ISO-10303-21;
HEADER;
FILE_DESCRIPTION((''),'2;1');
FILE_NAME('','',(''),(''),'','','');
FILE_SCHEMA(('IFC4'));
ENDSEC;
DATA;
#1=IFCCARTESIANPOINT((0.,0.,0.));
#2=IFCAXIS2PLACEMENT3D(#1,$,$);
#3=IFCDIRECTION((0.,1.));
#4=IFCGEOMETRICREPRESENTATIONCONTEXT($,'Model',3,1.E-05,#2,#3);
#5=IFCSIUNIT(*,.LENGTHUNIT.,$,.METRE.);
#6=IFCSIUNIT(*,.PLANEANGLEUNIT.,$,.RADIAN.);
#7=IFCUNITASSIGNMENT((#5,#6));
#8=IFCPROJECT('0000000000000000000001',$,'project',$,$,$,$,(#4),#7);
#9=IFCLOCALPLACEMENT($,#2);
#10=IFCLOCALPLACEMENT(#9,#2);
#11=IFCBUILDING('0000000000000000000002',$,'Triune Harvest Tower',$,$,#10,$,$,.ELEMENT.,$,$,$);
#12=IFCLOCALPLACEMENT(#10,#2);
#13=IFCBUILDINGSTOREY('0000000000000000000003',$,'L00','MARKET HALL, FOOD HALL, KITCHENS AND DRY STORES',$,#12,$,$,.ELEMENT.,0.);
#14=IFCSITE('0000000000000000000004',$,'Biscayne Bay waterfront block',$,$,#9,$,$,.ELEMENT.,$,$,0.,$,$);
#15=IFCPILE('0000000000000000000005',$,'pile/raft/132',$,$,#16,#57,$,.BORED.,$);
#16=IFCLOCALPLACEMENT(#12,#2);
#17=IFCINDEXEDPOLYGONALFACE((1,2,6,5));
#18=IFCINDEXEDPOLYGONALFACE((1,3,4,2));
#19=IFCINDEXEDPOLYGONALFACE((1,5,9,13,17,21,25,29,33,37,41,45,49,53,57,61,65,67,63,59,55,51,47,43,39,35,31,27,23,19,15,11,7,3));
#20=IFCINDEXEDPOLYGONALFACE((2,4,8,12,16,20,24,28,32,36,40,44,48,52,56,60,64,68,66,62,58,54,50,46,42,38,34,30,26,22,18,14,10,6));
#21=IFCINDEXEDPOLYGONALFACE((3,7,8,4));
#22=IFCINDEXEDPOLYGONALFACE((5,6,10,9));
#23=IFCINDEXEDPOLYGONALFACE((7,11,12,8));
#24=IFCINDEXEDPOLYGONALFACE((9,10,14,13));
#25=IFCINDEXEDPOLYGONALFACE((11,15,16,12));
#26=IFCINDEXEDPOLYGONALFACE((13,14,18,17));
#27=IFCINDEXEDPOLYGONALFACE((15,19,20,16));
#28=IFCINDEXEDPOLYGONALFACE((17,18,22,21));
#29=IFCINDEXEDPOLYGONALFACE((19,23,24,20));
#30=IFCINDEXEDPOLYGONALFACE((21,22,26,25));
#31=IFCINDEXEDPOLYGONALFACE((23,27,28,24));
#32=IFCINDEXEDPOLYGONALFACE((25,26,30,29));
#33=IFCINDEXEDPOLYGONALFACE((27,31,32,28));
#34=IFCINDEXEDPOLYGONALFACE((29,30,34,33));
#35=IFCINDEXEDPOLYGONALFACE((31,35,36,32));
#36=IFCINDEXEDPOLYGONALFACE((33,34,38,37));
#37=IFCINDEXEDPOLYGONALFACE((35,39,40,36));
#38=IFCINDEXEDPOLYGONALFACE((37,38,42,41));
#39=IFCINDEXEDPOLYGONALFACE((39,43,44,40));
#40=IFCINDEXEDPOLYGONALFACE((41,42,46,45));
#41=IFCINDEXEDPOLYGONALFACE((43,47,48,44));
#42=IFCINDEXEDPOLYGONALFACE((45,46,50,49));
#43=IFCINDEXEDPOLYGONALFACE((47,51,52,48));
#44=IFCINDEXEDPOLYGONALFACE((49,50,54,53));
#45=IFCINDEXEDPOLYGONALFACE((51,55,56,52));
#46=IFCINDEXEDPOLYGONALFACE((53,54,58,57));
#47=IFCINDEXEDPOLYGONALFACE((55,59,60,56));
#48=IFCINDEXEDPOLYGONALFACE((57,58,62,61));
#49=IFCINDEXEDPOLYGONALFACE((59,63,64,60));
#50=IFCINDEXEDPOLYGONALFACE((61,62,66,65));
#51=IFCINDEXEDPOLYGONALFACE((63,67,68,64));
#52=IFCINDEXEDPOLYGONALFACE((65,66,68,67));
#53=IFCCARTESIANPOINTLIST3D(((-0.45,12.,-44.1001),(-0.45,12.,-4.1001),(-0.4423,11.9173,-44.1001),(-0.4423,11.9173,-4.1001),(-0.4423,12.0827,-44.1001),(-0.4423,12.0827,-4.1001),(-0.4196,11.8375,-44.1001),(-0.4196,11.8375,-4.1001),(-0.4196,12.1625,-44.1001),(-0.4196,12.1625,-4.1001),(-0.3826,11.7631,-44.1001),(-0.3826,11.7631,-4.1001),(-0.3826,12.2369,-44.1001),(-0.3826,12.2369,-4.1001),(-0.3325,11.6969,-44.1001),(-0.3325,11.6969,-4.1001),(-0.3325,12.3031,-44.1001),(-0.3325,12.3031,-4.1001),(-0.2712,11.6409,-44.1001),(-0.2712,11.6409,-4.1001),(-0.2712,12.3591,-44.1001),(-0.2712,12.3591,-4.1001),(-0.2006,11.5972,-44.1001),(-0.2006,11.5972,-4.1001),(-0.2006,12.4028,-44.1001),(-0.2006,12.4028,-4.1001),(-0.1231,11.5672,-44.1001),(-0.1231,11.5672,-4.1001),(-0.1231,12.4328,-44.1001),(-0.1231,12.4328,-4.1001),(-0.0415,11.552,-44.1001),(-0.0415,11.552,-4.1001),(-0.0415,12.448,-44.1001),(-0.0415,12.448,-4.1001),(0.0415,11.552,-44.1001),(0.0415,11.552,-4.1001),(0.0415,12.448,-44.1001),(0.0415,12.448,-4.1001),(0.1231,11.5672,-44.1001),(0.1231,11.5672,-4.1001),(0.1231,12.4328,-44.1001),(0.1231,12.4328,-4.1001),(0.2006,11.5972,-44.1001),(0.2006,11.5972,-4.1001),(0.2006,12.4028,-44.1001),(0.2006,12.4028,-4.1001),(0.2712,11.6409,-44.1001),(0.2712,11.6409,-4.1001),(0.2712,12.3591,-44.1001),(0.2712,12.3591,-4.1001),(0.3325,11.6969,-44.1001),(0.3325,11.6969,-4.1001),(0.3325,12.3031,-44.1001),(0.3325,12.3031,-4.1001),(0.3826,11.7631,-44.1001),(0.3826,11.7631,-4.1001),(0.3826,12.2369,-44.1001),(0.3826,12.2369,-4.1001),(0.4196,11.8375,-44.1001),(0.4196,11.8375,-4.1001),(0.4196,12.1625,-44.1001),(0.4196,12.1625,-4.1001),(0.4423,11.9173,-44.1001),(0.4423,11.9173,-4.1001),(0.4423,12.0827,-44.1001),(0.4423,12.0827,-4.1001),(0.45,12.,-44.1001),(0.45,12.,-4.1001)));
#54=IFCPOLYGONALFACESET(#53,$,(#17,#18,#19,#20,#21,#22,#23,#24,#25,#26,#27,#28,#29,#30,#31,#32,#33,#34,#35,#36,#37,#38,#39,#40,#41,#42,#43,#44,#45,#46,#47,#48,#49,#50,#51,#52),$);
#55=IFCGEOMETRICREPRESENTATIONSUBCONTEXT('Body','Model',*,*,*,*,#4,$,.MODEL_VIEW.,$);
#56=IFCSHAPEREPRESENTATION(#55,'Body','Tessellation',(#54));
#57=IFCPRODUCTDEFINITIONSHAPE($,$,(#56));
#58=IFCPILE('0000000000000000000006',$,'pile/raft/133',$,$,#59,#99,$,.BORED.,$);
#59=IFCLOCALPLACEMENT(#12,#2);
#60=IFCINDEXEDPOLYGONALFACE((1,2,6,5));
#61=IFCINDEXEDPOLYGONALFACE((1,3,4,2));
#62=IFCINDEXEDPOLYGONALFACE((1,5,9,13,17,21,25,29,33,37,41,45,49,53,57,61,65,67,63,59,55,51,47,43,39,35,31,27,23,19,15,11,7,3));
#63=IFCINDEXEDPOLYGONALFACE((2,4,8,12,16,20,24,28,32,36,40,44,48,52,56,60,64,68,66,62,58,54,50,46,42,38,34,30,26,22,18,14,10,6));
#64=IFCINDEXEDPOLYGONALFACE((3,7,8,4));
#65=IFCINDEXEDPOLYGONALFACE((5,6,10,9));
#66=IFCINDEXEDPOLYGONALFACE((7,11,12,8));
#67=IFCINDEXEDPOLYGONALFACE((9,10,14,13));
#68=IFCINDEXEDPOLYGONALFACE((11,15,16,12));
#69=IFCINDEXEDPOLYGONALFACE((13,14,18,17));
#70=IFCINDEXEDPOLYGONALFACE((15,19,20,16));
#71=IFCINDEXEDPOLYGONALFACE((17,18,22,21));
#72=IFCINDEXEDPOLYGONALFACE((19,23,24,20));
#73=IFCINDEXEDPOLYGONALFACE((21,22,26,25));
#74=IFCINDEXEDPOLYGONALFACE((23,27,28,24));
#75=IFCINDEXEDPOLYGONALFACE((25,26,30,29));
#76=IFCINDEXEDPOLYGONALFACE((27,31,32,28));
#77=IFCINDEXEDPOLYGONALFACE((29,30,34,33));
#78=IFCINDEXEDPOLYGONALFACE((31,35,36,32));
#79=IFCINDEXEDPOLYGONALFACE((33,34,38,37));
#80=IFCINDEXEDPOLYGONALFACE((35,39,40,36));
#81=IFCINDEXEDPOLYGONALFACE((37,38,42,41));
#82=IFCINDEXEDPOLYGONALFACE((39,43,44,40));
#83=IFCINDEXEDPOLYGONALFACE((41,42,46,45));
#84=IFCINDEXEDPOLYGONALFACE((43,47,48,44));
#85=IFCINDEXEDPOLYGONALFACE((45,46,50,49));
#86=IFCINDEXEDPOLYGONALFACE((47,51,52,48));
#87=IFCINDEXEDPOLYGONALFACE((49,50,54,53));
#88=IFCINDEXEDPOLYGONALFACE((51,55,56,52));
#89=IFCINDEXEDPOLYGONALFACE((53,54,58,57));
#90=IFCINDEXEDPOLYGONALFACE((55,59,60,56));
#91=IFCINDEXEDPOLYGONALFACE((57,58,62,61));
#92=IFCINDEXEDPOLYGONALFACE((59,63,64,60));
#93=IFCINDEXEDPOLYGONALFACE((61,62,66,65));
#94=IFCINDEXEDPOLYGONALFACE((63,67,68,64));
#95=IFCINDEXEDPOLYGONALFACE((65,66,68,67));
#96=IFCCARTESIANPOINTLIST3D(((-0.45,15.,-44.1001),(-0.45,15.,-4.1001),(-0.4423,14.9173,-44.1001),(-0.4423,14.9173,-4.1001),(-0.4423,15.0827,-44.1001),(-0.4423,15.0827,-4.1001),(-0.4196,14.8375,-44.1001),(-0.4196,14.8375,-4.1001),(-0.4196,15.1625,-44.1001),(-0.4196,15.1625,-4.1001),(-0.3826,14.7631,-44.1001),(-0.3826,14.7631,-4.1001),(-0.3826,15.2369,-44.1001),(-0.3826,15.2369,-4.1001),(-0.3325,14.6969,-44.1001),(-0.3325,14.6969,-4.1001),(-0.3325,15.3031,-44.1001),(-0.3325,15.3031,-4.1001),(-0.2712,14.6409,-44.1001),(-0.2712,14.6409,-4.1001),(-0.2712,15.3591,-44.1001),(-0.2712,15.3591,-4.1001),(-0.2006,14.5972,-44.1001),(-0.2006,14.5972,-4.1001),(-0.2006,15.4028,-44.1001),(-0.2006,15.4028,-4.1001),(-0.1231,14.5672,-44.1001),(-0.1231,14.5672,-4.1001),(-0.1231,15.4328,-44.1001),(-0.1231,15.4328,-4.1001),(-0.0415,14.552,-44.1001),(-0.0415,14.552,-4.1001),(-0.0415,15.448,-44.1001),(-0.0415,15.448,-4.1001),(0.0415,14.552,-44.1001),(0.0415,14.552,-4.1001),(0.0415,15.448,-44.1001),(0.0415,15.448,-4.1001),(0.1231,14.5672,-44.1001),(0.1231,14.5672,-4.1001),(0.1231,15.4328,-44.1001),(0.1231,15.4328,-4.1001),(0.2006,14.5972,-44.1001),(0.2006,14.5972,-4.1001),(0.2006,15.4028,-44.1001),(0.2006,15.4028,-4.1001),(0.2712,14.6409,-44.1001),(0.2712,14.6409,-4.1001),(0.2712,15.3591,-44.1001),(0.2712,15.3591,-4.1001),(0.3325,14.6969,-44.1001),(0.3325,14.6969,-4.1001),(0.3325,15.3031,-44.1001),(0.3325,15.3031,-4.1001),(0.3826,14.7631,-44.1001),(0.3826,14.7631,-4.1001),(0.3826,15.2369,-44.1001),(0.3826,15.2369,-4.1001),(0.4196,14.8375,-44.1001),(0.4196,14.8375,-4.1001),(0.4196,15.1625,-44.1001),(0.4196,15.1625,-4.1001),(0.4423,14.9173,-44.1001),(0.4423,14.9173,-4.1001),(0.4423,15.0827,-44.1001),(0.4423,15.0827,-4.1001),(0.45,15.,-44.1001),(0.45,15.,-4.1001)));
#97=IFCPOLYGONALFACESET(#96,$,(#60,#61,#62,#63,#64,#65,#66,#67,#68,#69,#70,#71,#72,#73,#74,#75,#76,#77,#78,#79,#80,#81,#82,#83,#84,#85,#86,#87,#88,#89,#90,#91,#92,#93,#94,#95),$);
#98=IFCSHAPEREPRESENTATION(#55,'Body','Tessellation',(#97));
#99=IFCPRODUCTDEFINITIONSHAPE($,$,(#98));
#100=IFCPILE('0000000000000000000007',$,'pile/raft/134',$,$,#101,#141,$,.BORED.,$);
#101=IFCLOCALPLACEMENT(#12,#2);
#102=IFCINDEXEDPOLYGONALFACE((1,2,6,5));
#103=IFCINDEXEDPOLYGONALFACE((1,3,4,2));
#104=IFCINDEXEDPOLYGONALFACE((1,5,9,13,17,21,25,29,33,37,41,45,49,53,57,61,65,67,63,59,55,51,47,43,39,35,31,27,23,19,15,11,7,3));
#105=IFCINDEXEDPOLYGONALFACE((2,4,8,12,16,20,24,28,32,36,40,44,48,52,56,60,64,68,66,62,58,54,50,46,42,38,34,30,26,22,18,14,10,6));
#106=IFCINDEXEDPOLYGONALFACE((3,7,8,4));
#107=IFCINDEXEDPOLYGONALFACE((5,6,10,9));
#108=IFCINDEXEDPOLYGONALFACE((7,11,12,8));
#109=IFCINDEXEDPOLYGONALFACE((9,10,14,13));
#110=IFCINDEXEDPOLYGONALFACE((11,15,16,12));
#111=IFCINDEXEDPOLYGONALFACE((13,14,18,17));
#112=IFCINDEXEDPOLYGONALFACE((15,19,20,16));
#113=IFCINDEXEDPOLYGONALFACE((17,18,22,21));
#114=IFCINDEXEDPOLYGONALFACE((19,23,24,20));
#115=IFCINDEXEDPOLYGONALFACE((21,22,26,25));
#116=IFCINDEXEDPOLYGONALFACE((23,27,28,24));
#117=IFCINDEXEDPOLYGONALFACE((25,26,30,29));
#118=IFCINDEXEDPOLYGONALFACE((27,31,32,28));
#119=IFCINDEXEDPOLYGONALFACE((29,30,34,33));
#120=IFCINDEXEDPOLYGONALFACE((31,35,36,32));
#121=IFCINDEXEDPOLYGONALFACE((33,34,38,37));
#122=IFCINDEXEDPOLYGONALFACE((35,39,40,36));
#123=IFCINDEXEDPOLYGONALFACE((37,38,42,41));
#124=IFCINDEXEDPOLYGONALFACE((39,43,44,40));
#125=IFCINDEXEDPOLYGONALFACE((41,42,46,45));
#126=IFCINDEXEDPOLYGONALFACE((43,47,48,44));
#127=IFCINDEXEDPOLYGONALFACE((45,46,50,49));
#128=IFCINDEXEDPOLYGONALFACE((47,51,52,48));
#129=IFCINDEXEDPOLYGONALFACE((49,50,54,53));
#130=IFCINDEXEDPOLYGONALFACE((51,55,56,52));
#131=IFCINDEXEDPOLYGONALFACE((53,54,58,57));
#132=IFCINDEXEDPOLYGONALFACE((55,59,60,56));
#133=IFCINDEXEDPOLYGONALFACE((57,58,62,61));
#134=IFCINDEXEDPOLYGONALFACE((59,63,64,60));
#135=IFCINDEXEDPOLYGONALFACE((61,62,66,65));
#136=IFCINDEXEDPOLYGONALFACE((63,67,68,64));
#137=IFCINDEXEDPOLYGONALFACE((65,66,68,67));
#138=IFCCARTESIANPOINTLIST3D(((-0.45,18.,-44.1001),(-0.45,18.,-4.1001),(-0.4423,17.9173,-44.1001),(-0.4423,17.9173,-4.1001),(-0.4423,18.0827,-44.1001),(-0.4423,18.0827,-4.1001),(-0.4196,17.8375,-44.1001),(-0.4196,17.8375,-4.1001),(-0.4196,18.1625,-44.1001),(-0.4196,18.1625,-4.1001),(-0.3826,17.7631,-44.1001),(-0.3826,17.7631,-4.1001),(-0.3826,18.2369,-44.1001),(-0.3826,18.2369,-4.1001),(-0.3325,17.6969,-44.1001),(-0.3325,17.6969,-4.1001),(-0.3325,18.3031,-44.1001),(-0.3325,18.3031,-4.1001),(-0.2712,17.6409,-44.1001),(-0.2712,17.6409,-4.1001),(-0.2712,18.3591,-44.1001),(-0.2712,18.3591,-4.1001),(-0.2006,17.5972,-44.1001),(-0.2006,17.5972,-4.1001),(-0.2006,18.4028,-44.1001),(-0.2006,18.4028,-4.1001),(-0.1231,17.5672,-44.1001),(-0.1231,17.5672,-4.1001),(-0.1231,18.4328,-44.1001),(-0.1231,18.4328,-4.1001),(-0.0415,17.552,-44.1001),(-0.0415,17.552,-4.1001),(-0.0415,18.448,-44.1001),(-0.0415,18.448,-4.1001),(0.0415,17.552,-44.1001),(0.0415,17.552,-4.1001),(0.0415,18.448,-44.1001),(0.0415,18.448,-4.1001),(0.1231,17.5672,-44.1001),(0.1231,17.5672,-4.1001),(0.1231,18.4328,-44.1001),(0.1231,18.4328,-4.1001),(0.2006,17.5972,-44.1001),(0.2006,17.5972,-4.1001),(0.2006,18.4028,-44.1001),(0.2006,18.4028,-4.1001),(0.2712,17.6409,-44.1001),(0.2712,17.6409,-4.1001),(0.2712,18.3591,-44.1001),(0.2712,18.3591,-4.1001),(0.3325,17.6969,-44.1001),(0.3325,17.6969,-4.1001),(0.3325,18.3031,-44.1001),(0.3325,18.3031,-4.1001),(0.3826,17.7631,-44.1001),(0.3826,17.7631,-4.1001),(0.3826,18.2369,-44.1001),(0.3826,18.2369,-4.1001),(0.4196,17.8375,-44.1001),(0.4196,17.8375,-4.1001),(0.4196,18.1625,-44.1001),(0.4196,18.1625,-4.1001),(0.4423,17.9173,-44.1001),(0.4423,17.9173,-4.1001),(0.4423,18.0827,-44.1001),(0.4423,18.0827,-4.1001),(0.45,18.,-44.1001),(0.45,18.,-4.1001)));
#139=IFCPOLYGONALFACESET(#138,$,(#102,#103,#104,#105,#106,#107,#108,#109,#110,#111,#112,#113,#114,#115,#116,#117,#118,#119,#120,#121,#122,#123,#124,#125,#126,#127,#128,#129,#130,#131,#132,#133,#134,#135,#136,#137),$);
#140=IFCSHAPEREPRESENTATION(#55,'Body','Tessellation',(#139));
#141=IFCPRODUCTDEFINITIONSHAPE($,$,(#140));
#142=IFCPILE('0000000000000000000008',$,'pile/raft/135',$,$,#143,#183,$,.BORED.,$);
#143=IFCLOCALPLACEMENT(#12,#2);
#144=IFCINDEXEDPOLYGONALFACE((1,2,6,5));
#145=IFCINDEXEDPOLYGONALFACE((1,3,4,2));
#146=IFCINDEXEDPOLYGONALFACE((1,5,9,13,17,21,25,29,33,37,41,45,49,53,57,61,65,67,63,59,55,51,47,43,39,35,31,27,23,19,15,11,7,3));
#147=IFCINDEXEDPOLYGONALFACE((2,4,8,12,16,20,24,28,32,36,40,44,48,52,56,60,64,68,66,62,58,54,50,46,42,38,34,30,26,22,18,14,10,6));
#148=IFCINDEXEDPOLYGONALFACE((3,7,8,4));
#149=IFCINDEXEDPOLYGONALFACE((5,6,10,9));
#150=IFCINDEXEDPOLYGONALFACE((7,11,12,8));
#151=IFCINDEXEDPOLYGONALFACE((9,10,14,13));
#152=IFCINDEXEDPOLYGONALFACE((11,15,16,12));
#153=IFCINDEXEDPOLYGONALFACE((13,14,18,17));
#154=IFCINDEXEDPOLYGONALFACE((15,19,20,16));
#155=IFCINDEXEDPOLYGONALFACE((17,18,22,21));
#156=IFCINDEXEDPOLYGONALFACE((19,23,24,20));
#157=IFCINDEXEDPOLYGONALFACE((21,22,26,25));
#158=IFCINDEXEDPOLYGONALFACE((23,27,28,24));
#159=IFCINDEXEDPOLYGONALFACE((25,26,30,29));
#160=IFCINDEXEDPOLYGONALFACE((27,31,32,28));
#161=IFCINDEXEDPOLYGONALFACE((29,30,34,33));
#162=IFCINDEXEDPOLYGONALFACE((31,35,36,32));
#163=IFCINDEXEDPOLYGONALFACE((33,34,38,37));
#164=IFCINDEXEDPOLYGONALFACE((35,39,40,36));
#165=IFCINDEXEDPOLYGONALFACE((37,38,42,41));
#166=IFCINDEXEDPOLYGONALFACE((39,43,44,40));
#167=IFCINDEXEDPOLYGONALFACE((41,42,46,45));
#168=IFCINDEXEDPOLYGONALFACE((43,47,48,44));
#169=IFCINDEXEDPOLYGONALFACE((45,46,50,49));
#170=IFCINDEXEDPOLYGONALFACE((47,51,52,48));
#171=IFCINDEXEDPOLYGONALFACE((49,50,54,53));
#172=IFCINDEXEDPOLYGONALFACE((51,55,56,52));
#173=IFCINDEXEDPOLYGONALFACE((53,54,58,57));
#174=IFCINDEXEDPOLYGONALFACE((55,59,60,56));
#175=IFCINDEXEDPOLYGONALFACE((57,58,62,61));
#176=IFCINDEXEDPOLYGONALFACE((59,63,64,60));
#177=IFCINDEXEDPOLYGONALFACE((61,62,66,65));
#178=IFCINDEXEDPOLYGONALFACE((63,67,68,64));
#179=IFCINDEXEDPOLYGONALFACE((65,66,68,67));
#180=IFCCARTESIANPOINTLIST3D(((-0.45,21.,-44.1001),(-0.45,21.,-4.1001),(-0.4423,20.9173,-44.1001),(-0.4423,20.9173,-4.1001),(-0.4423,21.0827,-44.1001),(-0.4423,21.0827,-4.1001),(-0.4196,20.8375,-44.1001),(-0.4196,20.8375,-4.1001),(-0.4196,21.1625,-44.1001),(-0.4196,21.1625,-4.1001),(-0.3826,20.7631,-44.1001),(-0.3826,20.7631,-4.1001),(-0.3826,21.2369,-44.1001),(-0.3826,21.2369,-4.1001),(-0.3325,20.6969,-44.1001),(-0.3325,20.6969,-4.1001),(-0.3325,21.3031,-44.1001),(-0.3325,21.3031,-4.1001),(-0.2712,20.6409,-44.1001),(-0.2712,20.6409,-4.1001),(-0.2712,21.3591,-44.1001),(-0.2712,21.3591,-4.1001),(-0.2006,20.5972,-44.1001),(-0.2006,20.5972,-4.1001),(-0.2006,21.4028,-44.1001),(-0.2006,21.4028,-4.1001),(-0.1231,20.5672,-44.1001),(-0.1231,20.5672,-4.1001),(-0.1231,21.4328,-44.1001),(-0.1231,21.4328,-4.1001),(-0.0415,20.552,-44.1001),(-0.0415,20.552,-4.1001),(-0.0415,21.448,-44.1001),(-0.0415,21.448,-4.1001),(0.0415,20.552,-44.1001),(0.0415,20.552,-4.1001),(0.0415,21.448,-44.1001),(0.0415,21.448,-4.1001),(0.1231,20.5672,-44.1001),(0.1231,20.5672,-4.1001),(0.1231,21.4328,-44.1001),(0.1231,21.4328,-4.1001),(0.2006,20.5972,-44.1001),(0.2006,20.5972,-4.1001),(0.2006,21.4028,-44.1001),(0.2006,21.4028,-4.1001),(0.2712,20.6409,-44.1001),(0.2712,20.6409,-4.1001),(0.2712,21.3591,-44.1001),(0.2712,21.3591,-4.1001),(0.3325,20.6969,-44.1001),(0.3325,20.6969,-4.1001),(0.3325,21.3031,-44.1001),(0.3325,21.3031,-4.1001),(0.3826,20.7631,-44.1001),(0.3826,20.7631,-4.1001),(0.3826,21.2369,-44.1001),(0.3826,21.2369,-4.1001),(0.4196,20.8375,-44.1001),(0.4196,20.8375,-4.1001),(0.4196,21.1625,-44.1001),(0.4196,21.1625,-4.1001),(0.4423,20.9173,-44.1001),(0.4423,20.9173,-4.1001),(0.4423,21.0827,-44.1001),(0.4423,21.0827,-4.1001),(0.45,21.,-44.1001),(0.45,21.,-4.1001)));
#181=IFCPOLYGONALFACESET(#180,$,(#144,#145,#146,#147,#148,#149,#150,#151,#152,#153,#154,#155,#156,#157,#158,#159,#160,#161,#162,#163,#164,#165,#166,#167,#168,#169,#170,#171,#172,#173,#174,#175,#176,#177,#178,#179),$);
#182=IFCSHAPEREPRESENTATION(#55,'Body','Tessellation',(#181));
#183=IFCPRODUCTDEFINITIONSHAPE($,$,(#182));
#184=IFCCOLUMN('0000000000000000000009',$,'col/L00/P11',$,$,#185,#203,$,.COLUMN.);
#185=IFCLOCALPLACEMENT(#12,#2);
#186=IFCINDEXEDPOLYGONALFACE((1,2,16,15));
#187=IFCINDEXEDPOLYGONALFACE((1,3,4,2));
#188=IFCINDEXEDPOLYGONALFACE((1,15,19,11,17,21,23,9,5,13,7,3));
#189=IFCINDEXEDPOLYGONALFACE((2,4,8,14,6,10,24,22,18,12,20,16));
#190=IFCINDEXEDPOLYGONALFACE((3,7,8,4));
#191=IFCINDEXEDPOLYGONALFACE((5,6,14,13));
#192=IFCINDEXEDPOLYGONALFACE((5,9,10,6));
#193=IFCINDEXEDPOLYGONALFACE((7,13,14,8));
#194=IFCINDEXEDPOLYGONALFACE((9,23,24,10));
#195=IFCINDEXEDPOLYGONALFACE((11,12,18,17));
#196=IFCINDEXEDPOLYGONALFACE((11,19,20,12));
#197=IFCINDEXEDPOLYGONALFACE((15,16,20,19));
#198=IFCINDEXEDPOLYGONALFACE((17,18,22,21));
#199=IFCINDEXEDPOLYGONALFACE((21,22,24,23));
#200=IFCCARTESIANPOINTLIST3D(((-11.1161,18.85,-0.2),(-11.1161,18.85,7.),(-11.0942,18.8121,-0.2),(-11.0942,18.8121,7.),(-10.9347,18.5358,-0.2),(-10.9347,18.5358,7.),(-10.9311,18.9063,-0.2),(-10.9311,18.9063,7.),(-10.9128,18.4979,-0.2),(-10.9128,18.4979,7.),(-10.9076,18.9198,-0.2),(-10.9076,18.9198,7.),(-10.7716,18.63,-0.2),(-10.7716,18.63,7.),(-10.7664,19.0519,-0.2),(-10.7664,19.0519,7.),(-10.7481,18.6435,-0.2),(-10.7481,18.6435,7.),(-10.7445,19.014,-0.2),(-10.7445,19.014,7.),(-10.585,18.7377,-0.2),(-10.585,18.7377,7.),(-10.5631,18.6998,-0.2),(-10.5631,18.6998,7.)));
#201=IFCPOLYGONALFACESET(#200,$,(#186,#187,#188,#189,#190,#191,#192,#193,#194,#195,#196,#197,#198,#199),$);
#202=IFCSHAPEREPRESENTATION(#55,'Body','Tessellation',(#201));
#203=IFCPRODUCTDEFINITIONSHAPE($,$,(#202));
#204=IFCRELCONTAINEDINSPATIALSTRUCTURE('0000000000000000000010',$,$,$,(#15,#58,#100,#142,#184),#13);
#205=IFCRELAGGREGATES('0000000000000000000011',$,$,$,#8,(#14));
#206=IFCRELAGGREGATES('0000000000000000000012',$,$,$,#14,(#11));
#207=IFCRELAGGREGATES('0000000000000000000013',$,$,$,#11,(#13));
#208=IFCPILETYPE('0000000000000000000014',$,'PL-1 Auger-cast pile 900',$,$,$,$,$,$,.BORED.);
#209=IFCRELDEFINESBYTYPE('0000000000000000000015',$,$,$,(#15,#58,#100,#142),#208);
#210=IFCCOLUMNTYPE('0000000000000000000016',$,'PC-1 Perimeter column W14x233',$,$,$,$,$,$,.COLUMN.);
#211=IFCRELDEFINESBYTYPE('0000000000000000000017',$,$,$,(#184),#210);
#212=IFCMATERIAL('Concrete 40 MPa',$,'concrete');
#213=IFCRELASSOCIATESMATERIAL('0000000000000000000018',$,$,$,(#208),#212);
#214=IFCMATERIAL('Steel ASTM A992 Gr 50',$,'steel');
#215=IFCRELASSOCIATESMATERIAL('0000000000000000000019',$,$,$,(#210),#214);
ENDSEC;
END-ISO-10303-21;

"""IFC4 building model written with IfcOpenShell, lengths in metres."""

from ifc_helpers import new_model, si_unit, direction, frame, origin, origin_2d, place, context, subcontext, project, spatial, circle, i_section, extrude, source, transform, mapped, material, material_profile, profile_set, type_object, element, save


model = new_model("IFC4")

# Units and contexts
model_context = context("Model", 3, precision=1e-05, world=origin(), true_north=direction((0.0, 1.0)))
body_context = subcontext(model_context, "Body", "Model", "MODEL_VIEW")
ifc_project = project(units=[si_unit("LENGTHUNIT", "METRE"), si_unit("PLANEANGLEUNIT", "RADIAN")], contexts=[model_context])

# Site, building, storey
site_placement = place(None, origin())
site = spatial("IfcSite", under=ifc_project, at=site_placement, Name="Biscayne Bay waterfront block", CompositionType="ELEMENT", RefElevation=0.0)
building_placement = place(site_placement, origin())
building = spatial("IfcBuilding", under=site, at=building_placement, Name="Triune Harvest Tower", CompositionType="ELEMENT")
storey_placement = place(building_placement, origin())
storey = spatial("IfcBuildingStorey", under=building, at=storey_placement, Name="L00", Description="MARKET HALL, FOOD HALL, KITCHENS AND DRY STORES", CompositionType="ELEMENT", Elevation=0.0)

# Piles
ifc_material_1 = material(Name="Concrete 40 MPa", Category="concrete")
ifc_material_profile_1 = material_profile(ifc_material_1, circle(Radius=0.45, at=origin_2d()), Name="Bored 900")
ifc_profile_set_1 = profile_set([ifc_material_profile_1], Name="Concrete 40 MPa")
pile_type = type_object("IfcPileType", Name="PL-1 Auger-cast pile 900", PredefinedType="BORED", material=ifc_profile_set_1)
shared_shape_1 = source(origin(), body_context, "Body", "SweptSolid", [
    extrude(circle(Radius=0.45, at=origin_2d()), origin(), (0.0, 0.0, 1.0), 40.0),
])
for number, where, z_axis, x_axis, name in (
    (1, (0.0, 12.0, -4.1001), (0.0, 0.0, -1.0), (1.0, 0.0, 0.0), "pile/raft/132"),
    (2, (0.0, 15.0, -4.1001), (0.0, 0.0, -1.0), (1.0, 0.0, 0.0), "pile/raft/133"),
    (3, (0.0, 18.0, -4.1001), (0.0, 0.0, -1.0), (1.0, 0.0, 0.0), "pile/raft/134"),
    (4, (0.0, 21.0, -4.1001), (0.0, 0.0, -1.0), (1.0, 0.0, 0.0), "pile/raft/135"),
):
    element("IfcPile", number, at=place(storey_placement, frame(where, z_axis=z_axis, x_axis=x_axis)), inside=storey, type_object=pile_type, Name=name, PredefinedType="BORED", context=body_context, shape_type="MappedRepresentation", body=[
        mapped(shared_shape_1, transform((0.0, 0.0, 0.0), scale=1.0)),
    ])

# Column
ifc_material_2 = material(Name="Steel ASTM A992 Gr 50", Category="steel")
ifc_material_profile_2 = material_profile(ifc_material_2, i_section(OverallWidth=0.4038, OverallDepth=0.4065, WebThickness=0.0271, FlangeThickness=0.0437, at=origin_2d()), Name="W14x233")
ifc_profile_set_2 = profile_set([ifc_material_profile_2], Name="Steel ASTM A992 Gr 50")
column_type = type_object("IfcColumnType", Name="PC-1 Perimeter column W14x233", PredefinedType="COLUMN", material=ifc_profile_set_2)
shared_shape_2 = source(origin(), body_context, "Body", "SweptSolid", [
    extrude(i_section(OverallWidth=0.4038, OverallDepth=0.4065, WebThickness=0.0271, FlangeThickness=0.0437, at=origin_2d()), origin(), (0.0, 0.0, 1.0), 7.2),
])
column_placement = place(storey_placement, frame((-10.8396, 18.7749, -0.2), z_axis=(0.0, 0.0, 1.0), x_axis=(-0.866025, -0.5, 0.0)))
element("IfcColumn", 5, at=column_placement, inside=storey, type_object=column_type, Name="col/L00/P11", PredefinedType="COLUMN", context=body_context, shape_type="MappedRepresentation", body=[
    mapped(shared_shape_2, transform((0.0, 0.0, 0.0), scale=1.0)),
])

save(model, "model.ifc")
